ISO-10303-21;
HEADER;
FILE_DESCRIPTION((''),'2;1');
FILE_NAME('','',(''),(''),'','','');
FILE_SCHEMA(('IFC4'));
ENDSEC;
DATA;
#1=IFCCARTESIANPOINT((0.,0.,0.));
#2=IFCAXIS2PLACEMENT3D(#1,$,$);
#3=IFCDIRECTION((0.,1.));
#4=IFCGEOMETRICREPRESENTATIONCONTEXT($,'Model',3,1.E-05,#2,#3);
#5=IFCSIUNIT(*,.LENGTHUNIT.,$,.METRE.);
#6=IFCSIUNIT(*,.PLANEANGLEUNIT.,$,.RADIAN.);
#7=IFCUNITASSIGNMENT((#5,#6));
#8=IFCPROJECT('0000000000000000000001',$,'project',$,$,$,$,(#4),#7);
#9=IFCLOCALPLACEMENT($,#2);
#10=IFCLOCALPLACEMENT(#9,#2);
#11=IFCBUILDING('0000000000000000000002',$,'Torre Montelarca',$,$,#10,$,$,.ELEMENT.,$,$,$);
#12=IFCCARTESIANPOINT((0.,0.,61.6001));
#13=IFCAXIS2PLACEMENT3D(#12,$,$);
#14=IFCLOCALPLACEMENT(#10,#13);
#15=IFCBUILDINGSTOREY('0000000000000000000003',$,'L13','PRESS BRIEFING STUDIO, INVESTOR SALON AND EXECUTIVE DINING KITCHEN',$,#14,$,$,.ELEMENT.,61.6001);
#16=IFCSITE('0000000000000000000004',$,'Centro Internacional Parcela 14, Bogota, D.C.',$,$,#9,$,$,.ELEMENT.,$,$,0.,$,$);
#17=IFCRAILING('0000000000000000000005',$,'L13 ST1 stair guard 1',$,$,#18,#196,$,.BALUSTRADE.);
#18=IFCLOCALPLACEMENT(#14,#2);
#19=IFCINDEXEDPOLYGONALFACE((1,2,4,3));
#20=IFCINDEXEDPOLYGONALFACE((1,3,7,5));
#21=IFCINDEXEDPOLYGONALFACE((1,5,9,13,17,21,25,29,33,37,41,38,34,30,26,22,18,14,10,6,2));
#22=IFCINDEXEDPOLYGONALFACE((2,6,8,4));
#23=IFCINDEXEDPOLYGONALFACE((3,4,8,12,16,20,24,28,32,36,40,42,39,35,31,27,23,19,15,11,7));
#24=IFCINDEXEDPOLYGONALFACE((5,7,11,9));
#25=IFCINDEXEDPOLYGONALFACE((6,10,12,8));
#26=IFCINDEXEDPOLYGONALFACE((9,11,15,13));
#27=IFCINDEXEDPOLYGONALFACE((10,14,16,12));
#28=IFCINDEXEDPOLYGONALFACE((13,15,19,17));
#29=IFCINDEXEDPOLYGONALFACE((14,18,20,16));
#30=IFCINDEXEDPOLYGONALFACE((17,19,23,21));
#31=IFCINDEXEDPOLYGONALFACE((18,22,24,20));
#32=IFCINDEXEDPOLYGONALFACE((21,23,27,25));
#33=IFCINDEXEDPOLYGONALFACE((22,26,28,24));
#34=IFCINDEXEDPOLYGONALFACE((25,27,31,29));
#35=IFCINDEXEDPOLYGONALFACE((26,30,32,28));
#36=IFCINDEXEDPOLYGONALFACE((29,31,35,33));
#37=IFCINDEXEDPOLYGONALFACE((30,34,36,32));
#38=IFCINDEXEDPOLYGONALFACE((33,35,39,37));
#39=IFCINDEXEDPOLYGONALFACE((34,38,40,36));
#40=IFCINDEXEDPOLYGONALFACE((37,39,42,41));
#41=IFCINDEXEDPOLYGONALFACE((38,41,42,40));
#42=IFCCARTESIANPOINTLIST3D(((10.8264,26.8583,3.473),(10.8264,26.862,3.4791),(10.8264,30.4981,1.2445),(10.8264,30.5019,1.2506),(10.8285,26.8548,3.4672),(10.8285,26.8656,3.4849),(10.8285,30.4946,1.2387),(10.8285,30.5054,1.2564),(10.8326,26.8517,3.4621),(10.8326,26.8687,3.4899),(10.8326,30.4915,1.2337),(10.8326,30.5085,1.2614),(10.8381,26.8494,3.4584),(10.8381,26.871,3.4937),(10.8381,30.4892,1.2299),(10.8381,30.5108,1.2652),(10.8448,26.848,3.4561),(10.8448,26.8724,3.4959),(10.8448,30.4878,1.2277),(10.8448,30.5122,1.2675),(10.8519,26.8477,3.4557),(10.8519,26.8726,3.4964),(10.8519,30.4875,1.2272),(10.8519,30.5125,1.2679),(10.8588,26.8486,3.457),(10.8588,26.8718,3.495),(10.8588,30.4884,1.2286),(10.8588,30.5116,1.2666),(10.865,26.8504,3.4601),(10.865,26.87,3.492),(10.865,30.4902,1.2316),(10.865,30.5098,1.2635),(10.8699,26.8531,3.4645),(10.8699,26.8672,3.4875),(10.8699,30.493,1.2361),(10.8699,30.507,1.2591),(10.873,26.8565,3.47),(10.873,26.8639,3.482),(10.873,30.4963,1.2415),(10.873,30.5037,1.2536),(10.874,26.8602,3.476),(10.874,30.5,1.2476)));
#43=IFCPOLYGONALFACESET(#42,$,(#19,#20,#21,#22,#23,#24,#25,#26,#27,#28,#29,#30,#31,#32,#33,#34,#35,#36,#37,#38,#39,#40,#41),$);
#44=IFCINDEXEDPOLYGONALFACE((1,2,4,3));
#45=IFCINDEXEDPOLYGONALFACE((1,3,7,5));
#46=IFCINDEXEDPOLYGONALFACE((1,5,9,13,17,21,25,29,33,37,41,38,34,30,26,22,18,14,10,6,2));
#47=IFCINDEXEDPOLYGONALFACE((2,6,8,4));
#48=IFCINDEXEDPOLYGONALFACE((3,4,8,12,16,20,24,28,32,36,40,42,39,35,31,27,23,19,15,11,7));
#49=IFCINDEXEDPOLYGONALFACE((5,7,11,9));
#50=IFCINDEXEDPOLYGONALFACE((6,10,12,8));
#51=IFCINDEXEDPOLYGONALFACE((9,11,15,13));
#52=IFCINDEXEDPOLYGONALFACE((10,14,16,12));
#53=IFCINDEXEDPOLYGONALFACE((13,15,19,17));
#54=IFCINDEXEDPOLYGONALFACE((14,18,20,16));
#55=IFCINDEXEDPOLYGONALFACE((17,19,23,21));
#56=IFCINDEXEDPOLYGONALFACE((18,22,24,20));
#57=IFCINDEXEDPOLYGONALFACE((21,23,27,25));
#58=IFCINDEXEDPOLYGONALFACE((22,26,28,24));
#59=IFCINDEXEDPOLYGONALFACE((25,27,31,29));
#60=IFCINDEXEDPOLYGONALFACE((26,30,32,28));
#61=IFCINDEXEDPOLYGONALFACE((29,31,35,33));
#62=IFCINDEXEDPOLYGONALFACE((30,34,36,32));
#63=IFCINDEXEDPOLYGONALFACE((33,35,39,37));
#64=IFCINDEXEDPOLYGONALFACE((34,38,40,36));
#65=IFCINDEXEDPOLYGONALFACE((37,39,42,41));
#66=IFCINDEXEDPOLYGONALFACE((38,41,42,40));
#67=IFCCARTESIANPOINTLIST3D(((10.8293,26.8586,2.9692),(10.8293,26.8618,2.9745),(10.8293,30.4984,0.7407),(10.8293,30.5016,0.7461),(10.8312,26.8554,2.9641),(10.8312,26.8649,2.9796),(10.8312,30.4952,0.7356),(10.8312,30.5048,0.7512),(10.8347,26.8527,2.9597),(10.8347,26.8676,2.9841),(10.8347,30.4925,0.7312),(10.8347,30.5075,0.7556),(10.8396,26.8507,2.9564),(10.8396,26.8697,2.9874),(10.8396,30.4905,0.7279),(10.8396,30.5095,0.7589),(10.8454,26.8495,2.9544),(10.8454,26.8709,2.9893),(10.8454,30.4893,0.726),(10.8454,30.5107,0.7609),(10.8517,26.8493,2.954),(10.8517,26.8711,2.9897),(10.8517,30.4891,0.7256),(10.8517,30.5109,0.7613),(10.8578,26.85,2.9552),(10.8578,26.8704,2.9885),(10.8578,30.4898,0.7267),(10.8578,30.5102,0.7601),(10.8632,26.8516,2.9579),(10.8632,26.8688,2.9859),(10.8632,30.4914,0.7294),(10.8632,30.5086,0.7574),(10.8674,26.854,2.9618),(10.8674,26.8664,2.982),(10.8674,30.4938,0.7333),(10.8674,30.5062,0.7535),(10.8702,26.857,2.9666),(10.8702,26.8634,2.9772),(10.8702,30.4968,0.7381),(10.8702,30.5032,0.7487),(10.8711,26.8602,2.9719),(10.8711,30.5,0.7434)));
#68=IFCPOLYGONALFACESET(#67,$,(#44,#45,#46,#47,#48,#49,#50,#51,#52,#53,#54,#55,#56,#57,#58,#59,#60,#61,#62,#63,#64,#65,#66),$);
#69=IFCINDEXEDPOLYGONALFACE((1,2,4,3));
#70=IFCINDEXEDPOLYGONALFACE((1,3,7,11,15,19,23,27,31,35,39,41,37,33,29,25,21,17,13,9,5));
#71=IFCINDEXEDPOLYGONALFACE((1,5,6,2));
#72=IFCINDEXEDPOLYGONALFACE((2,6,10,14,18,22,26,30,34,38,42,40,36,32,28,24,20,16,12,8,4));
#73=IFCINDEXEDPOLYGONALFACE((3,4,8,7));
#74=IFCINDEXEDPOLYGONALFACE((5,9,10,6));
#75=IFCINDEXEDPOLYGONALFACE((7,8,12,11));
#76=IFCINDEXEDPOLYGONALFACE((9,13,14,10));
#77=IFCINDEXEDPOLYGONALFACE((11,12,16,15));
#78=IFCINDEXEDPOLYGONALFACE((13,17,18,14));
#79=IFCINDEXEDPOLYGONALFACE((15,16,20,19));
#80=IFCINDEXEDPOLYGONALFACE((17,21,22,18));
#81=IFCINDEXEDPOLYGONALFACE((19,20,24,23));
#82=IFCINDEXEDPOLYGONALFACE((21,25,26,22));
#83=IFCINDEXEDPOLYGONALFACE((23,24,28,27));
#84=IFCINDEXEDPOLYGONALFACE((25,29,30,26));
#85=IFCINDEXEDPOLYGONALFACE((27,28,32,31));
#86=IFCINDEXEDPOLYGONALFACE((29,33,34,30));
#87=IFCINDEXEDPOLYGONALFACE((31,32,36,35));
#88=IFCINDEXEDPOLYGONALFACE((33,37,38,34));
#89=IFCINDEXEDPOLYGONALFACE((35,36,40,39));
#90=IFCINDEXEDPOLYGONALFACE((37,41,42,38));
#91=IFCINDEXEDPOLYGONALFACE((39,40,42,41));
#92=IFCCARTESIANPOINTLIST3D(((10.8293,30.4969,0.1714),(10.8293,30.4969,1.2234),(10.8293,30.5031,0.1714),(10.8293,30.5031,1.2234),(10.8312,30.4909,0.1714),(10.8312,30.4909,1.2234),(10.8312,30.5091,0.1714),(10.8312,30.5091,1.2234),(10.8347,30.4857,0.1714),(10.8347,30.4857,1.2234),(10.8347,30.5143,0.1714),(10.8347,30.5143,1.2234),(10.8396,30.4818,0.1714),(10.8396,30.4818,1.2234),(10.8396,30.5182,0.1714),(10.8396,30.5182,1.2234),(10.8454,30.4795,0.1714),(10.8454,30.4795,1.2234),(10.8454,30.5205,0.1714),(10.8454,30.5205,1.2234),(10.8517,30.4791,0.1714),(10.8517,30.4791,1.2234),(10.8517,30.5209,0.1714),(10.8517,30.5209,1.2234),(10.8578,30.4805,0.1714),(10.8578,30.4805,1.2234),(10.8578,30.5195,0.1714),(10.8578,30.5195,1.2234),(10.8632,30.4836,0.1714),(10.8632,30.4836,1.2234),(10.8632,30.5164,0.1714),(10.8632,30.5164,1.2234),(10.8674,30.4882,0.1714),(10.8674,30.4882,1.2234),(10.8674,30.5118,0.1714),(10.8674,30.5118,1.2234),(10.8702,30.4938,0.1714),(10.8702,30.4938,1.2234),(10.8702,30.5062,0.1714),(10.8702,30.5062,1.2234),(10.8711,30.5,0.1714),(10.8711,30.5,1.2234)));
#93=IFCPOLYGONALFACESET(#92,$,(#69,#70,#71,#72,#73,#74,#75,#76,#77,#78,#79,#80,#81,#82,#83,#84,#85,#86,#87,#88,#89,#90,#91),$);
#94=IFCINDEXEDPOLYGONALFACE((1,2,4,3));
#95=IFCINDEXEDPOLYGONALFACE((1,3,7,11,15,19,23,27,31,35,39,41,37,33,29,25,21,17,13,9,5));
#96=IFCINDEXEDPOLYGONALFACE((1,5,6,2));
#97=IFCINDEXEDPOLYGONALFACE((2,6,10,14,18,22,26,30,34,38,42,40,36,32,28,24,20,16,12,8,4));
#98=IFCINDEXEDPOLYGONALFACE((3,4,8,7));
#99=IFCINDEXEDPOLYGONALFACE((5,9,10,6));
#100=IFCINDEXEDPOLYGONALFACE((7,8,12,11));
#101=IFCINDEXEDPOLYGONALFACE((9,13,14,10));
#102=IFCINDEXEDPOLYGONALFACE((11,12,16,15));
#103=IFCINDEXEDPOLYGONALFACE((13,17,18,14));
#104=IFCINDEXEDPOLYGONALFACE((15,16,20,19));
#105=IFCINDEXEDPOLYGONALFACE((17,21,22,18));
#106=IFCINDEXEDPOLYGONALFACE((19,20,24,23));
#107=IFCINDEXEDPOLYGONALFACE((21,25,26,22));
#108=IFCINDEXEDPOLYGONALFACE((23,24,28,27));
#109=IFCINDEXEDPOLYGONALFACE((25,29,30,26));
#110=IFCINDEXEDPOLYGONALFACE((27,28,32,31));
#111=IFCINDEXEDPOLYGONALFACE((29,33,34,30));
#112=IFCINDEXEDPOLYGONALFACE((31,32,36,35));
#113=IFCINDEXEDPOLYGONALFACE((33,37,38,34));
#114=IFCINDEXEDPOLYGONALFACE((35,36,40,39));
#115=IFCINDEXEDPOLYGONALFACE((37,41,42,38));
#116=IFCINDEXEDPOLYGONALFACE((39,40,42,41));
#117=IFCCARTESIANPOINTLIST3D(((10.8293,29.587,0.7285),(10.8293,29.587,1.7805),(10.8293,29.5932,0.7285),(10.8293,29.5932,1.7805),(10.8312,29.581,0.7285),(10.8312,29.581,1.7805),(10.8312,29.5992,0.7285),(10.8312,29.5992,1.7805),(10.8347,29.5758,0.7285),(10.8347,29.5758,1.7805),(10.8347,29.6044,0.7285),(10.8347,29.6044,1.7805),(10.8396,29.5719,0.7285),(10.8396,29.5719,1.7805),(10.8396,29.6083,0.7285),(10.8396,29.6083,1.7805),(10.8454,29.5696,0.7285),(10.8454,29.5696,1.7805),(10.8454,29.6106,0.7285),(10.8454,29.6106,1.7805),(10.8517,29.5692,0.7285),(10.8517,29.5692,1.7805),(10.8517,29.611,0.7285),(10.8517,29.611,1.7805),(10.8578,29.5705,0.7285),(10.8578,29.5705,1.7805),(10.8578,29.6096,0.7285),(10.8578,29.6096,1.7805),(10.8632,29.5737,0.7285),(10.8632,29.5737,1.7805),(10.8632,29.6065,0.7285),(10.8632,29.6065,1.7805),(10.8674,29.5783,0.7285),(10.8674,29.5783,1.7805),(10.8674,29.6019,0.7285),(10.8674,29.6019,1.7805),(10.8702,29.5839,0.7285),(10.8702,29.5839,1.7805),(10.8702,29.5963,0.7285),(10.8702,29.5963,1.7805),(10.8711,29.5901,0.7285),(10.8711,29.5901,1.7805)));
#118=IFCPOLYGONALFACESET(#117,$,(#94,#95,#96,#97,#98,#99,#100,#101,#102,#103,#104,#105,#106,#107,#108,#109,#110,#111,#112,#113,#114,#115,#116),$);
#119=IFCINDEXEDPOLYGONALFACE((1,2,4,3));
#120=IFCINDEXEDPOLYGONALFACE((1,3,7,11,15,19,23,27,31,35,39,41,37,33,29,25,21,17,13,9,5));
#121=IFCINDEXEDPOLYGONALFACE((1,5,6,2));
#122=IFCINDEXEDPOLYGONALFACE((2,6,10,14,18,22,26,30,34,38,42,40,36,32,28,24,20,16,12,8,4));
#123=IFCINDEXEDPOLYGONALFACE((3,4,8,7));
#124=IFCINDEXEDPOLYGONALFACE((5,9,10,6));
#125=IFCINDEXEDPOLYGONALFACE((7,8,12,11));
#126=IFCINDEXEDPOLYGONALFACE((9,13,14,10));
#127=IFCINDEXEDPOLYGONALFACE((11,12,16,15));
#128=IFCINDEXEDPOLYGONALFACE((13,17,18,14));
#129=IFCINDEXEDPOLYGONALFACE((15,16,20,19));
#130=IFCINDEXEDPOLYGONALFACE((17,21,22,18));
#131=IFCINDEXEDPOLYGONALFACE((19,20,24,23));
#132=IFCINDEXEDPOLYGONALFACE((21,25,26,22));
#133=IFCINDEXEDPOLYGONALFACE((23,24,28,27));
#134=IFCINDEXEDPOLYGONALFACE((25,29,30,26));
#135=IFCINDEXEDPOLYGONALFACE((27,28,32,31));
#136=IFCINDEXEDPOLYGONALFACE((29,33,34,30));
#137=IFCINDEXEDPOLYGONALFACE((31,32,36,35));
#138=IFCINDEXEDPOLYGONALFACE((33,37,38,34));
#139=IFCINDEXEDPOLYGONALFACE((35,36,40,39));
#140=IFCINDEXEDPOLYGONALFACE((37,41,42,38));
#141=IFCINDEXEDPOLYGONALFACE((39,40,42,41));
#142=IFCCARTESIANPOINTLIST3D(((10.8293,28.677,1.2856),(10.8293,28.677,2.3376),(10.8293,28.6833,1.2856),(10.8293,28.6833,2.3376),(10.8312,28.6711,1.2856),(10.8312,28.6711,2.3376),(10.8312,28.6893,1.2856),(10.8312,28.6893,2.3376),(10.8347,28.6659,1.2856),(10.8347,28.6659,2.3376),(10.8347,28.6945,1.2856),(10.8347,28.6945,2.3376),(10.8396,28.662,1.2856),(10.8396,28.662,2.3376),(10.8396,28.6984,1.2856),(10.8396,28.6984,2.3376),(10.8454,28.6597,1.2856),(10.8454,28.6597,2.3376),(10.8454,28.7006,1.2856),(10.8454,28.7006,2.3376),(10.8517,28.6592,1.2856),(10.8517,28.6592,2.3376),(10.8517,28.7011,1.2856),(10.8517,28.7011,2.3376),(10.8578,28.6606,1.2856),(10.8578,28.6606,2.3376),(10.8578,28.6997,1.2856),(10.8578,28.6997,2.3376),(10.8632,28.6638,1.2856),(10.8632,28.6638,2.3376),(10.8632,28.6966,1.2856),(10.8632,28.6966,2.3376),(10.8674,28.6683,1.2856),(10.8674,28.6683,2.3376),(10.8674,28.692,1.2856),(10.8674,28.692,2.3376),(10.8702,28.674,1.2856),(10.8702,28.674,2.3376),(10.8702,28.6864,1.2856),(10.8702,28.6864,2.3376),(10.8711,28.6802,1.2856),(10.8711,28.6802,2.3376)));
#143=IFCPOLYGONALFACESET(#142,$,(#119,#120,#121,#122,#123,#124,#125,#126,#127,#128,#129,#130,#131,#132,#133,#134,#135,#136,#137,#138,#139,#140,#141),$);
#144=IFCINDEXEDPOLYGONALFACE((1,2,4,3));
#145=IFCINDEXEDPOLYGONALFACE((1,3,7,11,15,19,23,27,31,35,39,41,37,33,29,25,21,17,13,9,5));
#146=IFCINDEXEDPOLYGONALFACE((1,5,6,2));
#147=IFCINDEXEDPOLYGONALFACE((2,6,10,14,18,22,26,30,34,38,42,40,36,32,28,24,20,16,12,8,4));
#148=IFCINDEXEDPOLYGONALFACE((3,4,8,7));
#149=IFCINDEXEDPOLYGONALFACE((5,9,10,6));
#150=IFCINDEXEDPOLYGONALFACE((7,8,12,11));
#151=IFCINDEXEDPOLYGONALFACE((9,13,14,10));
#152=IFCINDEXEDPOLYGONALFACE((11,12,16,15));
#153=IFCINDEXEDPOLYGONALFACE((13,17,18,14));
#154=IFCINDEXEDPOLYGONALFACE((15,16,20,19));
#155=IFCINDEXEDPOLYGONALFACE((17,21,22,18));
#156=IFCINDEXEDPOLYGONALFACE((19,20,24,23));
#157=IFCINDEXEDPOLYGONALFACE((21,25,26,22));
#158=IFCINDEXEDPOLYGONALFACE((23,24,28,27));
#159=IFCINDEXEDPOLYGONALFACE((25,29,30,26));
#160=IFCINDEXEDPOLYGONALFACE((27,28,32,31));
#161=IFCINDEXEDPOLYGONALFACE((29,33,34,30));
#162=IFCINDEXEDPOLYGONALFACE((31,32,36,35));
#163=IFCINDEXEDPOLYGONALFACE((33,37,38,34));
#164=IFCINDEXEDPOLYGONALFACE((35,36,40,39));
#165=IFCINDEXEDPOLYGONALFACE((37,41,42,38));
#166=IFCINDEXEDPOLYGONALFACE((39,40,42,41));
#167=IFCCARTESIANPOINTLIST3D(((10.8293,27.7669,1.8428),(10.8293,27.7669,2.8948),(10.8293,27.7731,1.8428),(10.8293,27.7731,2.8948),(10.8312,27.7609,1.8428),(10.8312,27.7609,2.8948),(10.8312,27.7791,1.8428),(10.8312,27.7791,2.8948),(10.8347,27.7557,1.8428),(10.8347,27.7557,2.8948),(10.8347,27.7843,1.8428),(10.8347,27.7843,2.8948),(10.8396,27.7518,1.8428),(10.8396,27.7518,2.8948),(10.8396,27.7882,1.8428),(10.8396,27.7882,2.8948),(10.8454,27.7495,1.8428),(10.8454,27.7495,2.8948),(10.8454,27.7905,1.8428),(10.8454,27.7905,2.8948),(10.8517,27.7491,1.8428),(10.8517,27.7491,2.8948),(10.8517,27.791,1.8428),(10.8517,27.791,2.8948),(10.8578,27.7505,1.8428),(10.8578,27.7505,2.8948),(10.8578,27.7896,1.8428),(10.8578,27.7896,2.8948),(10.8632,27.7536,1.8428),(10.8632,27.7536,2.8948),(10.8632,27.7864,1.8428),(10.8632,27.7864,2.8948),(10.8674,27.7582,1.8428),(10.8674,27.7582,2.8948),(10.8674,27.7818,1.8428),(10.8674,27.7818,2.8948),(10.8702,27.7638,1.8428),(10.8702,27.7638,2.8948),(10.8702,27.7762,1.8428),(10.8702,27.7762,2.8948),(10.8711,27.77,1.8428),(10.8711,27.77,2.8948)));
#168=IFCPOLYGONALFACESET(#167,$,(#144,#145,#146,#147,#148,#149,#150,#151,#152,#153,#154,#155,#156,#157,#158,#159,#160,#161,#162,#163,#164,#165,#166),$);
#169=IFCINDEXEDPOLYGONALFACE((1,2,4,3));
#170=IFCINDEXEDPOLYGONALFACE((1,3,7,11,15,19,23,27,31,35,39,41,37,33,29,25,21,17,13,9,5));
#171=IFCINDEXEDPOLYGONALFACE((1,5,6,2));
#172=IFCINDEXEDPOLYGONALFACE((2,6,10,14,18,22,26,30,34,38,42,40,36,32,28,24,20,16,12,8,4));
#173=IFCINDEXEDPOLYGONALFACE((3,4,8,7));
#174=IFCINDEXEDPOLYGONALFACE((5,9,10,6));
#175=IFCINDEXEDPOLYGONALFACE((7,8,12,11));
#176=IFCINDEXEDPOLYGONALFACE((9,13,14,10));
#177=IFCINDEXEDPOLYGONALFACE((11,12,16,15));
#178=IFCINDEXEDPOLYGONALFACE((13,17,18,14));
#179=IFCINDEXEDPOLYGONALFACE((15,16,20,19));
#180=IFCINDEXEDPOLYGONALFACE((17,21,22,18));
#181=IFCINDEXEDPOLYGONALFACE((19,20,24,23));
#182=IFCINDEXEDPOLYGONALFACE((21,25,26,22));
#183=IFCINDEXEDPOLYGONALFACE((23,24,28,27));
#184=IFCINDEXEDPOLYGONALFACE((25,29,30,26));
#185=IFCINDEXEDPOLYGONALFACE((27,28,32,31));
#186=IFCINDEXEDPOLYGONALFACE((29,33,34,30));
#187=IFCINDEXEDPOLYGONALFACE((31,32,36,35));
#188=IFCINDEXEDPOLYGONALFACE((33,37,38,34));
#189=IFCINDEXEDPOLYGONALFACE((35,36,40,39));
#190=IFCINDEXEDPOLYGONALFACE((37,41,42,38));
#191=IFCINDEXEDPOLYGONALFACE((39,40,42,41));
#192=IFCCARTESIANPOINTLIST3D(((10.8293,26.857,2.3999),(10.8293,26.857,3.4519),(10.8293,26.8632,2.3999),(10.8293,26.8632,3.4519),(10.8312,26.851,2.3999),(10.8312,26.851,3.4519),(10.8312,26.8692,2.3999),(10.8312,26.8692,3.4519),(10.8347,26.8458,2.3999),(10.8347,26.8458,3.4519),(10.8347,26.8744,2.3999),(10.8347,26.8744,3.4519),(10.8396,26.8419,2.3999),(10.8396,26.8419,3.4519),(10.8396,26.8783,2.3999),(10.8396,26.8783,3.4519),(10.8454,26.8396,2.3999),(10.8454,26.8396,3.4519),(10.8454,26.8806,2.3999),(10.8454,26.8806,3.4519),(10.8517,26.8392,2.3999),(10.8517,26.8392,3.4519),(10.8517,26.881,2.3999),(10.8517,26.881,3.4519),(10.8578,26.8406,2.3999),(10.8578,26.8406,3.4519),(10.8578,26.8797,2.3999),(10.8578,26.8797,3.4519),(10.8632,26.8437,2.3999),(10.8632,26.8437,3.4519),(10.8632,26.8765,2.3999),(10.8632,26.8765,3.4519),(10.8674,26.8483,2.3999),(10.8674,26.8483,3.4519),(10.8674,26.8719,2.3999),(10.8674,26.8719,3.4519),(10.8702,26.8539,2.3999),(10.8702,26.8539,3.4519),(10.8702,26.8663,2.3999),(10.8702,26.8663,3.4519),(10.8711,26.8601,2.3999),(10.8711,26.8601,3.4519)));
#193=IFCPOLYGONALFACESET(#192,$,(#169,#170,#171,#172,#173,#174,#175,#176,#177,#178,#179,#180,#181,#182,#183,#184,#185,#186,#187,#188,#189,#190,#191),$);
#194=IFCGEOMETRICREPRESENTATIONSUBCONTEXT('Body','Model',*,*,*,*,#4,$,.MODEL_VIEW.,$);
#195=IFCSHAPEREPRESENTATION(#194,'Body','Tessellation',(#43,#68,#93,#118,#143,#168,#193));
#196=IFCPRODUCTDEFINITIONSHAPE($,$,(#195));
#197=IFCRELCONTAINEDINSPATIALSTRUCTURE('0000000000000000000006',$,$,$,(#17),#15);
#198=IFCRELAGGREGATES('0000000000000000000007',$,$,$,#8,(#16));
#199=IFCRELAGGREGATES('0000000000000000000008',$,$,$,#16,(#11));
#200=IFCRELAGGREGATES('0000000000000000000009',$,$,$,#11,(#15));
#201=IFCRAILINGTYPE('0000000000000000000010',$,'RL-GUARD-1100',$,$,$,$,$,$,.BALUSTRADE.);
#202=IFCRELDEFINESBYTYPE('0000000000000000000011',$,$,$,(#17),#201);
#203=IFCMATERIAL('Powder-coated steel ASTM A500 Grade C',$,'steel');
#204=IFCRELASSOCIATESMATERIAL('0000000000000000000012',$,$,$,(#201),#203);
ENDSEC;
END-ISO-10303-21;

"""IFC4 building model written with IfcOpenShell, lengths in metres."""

from ifc_helpers import new_model, si_unit, direction, frame, origin, origin_2d, place, context, subcontext, project, spatial, circle, extrude, material, type_object, element, save


model = new_model("IFC4")

# Units and contexts
model_context = context("Model", 3, precision=1e-05, world=origin(), true_north=direction((0.0, 1.0)))
body_context = subcontext(model_context, "Body", "Model", "MODEL_VIEW")
ifc_project = project(units=[si_unit("LENGTHUNIT", "METRE"), si_unit("PLANEANGLEUNIT", "RADIAN")], contexts=[model_context])

# Site, building, storey
site_placement = place(None, origin())
site = spatial("IfcSite", under=ifc_project, at=site_placement, Name="Centro Internacional Parcela 14, Bogota, D.C.", CompositionType="ELEMENT", RefElevation=0.0)
building_placement = place(site_placement, origin())
building = spatial("IfcBuilding", under=site, at=building_placement, Name="Torre Montelarca", CompositionType="ELEMENT")
storey_placement = place(building_placement, frame((0.0, 0.0, 61.6001)))
storey = spatial("IfcBuildingStorey", under=building, at=storey_placement, Name="L13", Description="PRESS BRIEFING STUDIO, INVESTOR SALON AND EXECUTIVE DINING KITCHEN", CompositionType="ELEMENT", Elevation=61.6001)

# Railing
ifc_material_1 = material(Name="Powder-coated steel ASTM A500 Grade C", Category="steel")
railing_type_1 = type_object("IfcRailingType", Name="RL-GUARD-1100", PredefinedType="BALUSTRADE", material=ifc_material_1)
railing_1_placement = place(storey_placement, frame((10.8501, 30.5, 0.1714)))
element("IfcRailing", 1, at=railing_1_placement, inside=storey, type_object=railing_type_1, Name="L13 ST1 stair guard 1", PredefinedType="BALUSTRADE", context=body_context, shape_type="SweptSolid", body=[
    extrude(circle(Radius=0.0239, at=origin_2d()), frame((0.0, 0.0, 1.0762), z_axis=(0.0, -0.85285, 0.522156), x_axis=(1.0, 0.0, 0.0)), (0.0, 0.0, 1.0), 4.2678),
    extrude(circle(Radius=0.021, at=origin_2d()), frame((0.0, 0.0, 0.572), z_axis=(0.0, -0.85285, 0.522156), x_axis=(1.0, 0.0, 0.0)), (0.0, 0.0, 1.0), 4.2678),
    extrude(circle(Radius=0.021, at=origin_2d()), origin(), (0.0, 0.0, 1.0), 1.052),
    extrude(circle(Radius=0.021, at=origin_2d()), frame((0.0, -0.9099, 0.5571)), (0.0, 0.0, 1.0), 1.052),
    extrude(circle(Radius=0.021, at=origin_2d()), frame((0.0, -1.8198, 1.1143)), (0.0, 0.0, 1.0), 1.052),
    extrude(circle(Radius=0.021, at=origin_2d()), frame((0.0, -2.73, 1.6714)), (0.0, 0.0, 1.0), 1.052),
    extrude(circle(Radius=0.021, at=origin_2d()), frame((0.0, -3.6399, 2.2285)), (0.0, 0.0, 1.0), 1.052),
])

save(model, "model.ifc")
